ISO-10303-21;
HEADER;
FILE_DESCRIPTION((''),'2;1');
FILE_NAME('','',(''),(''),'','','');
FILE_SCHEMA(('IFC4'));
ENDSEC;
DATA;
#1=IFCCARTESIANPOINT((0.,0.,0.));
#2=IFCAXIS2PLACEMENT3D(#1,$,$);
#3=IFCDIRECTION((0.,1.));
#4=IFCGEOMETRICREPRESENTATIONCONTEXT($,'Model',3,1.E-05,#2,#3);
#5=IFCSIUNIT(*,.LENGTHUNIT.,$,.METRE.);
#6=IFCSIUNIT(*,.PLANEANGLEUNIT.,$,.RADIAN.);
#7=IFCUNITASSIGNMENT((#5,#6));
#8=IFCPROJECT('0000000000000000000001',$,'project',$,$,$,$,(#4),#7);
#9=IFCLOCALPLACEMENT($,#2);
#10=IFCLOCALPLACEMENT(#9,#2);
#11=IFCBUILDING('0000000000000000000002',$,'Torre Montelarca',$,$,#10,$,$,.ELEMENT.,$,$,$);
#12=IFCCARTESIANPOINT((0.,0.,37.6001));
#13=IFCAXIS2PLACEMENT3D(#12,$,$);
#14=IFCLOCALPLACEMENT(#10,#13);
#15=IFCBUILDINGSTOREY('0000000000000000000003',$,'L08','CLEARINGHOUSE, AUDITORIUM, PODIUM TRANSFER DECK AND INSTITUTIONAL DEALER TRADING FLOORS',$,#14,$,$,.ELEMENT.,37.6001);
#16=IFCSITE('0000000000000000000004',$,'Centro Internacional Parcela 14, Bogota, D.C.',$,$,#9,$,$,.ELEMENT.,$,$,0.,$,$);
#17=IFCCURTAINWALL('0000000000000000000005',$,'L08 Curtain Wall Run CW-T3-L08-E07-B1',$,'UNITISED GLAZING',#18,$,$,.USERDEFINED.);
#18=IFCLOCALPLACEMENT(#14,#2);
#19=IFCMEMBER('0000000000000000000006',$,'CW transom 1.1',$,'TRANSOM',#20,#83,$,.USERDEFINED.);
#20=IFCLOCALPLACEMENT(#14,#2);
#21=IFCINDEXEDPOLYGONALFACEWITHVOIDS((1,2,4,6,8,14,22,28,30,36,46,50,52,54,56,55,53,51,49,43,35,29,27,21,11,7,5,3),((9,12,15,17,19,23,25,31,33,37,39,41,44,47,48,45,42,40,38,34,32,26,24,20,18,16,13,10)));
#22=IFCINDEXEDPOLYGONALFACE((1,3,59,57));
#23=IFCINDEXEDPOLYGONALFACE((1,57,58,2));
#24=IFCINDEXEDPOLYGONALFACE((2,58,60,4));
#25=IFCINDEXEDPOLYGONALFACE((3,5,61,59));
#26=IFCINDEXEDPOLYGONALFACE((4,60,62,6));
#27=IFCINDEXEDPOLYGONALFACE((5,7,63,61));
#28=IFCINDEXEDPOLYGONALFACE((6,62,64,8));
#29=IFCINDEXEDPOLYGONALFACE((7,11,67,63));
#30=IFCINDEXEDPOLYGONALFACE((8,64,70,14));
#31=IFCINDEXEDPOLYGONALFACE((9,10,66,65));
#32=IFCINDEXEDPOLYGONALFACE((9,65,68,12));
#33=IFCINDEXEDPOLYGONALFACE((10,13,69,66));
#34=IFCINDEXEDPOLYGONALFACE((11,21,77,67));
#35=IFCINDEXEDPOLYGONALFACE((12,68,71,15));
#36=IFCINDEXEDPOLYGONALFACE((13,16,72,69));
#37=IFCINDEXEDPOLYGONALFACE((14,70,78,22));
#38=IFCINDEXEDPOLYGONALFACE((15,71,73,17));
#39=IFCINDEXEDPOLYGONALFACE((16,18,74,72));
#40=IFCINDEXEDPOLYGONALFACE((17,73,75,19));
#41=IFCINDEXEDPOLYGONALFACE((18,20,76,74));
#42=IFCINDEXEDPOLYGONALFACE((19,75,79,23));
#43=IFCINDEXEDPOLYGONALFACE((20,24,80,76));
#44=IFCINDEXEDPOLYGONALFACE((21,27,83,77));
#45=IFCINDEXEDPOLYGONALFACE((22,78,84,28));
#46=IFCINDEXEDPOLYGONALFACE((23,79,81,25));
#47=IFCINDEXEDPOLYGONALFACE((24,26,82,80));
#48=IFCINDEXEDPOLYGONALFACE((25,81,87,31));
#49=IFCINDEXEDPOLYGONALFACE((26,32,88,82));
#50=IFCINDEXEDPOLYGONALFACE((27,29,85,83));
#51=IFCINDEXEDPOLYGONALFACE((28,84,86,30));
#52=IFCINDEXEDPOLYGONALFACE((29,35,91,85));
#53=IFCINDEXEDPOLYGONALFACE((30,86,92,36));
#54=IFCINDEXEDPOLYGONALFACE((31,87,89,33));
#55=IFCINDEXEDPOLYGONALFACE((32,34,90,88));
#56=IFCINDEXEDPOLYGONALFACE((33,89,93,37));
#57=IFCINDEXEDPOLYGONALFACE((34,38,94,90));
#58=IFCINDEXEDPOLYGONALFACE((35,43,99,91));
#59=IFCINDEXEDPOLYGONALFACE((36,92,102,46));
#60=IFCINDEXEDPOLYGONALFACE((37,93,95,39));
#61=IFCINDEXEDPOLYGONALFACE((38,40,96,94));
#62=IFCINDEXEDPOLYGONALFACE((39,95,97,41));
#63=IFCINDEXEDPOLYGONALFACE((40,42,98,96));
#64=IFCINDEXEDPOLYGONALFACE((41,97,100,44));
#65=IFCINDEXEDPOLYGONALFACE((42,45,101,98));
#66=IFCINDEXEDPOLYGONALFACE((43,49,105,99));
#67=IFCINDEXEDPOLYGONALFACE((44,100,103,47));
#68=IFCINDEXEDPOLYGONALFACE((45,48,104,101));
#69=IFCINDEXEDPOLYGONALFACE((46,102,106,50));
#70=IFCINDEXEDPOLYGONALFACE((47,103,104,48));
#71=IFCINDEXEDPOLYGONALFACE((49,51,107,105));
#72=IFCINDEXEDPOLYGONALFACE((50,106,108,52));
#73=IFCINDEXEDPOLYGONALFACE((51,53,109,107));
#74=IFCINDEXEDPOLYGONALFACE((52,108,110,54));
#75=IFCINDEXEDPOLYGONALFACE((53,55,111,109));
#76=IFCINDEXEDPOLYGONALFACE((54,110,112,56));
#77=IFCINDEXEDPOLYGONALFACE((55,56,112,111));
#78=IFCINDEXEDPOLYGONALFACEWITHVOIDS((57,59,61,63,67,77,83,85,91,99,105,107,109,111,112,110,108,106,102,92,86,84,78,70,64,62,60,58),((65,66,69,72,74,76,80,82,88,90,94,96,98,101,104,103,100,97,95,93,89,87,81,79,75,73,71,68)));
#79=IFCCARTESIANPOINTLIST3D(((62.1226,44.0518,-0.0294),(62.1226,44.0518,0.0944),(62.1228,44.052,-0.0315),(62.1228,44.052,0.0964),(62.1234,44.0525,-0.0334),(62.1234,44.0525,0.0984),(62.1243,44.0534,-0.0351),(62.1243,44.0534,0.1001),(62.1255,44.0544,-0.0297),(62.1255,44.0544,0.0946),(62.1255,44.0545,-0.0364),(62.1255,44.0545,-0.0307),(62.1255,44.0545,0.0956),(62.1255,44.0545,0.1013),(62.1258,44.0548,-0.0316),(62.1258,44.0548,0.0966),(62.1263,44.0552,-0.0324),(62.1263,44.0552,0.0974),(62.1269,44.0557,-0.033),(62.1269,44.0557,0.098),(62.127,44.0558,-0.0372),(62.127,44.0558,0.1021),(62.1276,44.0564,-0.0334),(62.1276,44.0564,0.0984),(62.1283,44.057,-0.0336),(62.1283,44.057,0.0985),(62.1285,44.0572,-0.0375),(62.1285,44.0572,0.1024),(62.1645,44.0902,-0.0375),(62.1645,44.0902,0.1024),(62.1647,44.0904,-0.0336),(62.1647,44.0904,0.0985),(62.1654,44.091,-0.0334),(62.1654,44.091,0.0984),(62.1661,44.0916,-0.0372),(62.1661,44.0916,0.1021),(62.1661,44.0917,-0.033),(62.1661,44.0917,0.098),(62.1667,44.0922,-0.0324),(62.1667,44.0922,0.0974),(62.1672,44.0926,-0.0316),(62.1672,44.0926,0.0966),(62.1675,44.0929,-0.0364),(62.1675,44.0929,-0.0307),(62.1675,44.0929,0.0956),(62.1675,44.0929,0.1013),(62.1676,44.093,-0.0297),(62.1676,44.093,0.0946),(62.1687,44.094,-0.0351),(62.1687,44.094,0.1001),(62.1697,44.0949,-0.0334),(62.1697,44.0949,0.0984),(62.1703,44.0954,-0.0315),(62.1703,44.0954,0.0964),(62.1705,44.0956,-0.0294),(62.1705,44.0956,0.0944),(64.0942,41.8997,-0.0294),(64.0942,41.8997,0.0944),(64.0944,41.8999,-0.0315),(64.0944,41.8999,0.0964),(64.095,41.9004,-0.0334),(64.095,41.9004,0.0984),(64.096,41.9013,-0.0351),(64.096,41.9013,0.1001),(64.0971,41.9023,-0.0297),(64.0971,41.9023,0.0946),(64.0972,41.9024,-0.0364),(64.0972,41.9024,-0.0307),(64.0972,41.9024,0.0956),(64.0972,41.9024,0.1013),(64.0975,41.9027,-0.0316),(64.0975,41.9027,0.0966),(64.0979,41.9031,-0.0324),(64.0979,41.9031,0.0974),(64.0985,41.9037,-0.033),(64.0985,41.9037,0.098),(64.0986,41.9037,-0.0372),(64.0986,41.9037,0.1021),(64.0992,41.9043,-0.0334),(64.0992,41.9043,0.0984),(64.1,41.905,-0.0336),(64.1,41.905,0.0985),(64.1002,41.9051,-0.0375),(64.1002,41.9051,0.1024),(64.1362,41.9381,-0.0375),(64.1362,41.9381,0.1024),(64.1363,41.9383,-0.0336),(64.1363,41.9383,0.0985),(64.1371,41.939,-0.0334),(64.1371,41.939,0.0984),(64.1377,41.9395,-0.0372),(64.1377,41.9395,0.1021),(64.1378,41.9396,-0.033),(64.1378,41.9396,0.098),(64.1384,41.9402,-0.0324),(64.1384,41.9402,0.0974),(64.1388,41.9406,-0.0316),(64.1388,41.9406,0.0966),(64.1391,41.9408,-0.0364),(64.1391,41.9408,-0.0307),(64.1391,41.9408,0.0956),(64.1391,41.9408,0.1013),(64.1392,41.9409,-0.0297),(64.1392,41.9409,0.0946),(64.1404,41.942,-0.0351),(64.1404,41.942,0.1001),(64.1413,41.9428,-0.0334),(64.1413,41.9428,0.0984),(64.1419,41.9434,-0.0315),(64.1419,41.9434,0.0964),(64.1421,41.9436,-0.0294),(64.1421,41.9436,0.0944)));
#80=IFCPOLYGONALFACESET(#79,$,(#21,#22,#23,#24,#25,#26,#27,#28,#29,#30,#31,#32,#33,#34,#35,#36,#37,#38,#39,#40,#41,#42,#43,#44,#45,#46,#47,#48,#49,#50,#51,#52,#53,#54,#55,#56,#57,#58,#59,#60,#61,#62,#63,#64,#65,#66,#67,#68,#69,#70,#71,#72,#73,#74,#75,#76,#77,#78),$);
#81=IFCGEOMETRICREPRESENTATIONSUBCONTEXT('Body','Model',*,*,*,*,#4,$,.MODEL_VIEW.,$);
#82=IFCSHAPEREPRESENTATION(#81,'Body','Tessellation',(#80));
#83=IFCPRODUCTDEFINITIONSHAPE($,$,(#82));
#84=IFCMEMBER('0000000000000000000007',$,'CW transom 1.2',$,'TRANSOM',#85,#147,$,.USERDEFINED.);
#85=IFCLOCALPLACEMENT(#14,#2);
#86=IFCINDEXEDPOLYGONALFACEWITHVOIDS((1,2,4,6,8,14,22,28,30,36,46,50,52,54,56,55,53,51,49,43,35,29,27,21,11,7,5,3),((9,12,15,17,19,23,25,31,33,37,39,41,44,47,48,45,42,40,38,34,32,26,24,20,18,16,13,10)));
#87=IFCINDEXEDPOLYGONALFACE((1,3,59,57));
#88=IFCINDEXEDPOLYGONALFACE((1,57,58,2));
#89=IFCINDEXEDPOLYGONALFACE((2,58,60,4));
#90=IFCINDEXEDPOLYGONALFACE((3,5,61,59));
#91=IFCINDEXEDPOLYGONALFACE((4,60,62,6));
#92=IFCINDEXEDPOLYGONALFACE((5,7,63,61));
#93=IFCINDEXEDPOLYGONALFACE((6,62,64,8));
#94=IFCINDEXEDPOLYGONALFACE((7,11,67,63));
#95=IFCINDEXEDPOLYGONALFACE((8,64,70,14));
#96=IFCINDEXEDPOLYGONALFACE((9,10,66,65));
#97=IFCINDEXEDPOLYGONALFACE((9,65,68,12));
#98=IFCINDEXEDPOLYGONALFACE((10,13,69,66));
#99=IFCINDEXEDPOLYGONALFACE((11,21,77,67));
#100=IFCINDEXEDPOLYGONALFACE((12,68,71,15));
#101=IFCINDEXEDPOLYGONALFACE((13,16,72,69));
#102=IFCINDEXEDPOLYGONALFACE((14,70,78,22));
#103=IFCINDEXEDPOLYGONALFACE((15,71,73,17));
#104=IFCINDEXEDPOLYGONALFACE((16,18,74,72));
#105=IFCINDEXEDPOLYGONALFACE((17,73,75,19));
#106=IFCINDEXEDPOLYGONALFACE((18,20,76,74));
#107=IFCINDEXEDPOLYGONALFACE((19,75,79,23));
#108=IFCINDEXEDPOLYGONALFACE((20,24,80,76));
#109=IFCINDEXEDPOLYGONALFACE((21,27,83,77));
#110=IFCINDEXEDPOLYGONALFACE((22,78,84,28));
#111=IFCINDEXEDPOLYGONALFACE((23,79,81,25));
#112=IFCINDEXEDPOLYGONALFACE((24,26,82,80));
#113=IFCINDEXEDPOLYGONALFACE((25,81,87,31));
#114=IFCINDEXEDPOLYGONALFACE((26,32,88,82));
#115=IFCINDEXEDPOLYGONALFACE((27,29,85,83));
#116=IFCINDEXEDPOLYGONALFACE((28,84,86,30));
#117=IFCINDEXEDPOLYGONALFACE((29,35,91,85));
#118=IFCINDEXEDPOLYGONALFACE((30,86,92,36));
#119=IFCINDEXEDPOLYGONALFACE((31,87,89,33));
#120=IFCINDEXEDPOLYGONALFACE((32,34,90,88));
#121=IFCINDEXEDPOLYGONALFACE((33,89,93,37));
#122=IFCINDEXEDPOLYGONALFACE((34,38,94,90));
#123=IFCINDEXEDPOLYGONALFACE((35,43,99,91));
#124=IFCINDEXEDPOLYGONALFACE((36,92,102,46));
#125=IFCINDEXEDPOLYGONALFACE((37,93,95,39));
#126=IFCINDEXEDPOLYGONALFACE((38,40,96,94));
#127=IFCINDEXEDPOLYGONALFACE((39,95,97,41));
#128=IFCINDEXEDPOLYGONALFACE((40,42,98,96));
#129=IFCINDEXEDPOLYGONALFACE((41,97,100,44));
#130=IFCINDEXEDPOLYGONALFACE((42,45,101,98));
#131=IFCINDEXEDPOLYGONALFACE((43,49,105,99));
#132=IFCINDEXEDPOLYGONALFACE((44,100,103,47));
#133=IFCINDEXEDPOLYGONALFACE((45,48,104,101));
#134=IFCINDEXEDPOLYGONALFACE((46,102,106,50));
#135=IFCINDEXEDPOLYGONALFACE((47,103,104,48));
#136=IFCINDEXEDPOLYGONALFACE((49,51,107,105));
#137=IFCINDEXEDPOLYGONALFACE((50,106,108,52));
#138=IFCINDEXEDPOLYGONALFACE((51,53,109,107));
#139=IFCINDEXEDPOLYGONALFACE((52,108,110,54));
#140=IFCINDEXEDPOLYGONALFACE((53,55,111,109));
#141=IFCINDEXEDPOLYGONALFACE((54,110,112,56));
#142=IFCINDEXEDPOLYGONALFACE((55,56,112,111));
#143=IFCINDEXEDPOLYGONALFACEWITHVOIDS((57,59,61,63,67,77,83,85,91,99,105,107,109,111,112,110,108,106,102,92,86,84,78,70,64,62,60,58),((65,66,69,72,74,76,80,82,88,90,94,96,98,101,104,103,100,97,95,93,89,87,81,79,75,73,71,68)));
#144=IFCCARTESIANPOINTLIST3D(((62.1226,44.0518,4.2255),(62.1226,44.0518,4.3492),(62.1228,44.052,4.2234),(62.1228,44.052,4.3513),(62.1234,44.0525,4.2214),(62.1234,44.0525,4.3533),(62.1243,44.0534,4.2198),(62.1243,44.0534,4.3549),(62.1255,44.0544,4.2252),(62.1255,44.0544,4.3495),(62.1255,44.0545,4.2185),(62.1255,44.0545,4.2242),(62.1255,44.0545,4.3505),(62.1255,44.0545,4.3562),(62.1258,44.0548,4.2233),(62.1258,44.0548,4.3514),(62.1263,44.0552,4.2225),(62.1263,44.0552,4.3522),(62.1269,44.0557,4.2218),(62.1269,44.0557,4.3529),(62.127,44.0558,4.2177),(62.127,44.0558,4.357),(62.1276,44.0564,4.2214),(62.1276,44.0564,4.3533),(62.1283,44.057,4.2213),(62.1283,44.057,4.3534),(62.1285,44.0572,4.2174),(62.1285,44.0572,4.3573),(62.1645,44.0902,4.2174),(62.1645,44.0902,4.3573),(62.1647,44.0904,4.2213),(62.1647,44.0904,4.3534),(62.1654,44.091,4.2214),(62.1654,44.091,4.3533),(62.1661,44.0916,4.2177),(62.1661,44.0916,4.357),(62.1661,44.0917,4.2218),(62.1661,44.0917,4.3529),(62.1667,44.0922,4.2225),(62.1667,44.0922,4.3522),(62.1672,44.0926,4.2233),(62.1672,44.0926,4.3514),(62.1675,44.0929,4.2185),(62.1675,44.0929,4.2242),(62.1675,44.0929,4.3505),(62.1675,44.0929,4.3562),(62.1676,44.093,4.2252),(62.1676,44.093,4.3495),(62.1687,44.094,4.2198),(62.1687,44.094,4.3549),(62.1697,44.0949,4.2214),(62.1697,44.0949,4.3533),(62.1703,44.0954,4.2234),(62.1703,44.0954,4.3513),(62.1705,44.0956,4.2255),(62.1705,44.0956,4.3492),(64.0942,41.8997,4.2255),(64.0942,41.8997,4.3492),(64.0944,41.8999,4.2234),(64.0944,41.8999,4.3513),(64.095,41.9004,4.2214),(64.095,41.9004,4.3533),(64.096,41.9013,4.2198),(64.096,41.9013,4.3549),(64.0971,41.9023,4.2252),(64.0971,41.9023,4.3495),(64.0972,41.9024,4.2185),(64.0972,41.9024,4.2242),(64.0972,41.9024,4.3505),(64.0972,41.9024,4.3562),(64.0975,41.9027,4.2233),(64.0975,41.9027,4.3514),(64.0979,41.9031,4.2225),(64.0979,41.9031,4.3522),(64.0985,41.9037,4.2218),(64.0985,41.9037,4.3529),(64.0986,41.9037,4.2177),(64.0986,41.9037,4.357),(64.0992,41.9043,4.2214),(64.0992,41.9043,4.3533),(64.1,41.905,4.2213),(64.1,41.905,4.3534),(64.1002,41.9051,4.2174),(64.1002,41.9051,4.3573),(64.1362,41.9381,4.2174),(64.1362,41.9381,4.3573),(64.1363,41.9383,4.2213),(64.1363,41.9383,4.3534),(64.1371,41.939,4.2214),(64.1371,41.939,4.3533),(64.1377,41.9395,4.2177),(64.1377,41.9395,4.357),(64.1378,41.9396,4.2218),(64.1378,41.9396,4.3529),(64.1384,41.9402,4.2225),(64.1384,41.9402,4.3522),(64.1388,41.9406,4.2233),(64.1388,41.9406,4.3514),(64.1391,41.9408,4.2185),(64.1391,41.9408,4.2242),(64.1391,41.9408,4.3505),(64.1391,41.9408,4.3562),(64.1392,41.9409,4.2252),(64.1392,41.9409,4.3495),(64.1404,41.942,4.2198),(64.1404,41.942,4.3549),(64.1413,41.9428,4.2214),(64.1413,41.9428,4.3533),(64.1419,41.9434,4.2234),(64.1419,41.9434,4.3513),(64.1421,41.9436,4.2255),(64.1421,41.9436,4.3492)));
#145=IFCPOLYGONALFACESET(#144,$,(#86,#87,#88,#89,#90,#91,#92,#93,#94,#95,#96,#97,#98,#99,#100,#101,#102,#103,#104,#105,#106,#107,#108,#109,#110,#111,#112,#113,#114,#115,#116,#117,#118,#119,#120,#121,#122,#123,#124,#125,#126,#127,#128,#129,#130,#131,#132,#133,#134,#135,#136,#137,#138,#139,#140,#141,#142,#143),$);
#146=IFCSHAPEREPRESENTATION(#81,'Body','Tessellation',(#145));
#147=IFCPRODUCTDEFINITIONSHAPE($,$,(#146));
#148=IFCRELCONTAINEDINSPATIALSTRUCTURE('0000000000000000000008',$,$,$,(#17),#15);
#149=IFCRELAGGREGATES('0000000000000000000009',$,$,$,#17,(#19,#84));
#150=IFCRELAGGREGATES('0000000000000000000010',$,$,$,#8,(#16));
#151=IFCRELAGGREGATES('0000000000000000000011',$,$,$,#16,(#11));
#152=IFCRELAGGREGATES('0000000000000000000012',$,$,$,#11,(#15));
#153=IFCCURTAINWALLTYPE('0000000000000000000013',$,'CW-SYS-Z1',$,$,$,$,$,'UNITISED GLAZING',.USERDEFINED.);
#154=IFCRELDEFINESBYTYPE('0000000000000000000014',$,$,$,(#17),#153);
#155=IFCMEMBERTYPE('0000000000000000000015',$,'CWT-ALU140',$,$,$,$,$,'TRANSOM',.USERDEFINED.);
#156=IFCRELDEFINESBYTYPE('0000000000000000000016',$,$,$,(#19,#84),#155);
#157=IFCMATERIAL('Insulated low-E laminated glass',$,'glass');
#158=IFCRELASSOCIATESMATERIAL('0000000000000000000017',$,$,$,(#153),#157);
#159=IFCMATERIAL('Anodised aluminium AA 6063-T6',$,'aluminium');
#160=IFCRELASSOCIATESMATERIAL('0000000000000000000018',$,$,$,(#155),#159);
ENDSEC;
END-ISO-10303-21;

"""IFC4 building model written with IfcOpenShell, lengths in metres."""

from ifc_helpers import new_model, si_unit, direction, frame, origin, origin_2d, place, context, subcontext, project, spatial, hollow_rectangle, extrude, source, transform, mapped, material, material_profile, profile_set, type_object, element, aggregate, save


model = new_model("IFC4")

# Units and contexts
model_context = context("Model", 3, precision=1e-05, world=origin(), true_north=direction((0.0, 1.0)))
body_context = subcontext(model_context, "Body", "Model", "MODEL_VIEW")
ifc_project = project(units=[si_unit("LENGTHUNIT", "METRE"), si_unit("PLANEANGLEUNIT", "RADIAN")], contexts=[model_context])

# Site, building, storey
site_placement = place(None, origin())
site = spatial("IfcSite", under=ifc_project, at=site_placement, Name="Centro Internacional Parcela 14, Bogota, D.C.", CompositionType="ELEMENT", RefElevation=0.0)
building_placement = place(site_placement, origin())
building = spatial("IfcBuilding", under=site, at=building_placement, Name="Torre Montelarca", CompositionType="ELEMENT")
storey_placement = place(building_placement, frame((0.0, 0.0, 37.6001)))
storey = spatial("IfcBuildingStorey", under=building, at=storey_placement, Name="L08", Description="CLEARINGHOUSE, AUDITORIUM, PODIUM TRANSFER DECK AND INSTITUTIONAL DEALER TRADING FLOORS", CompositionType="ELEMENT", Elevation=37.6001)

# Curtain wall, members
ifc_material_1 = material(Name="Insulated low-E laminated glass", Category="glass")
curtain_wall_type = type_object("IfcCurtainWallType", Name="CW-SYS-Z1", ElementType="UNITISED GLAZING", PredefinedType="USERDEFINED", material=ifc_material_1)
curtain_wall_1_placement = place(storey_placement, origin())
curtain_wall_1 = element("IfcCurtainWall", 1, at=curtain_wall_1_placement, inside=storey, type_object=curtain_wall_type, Name="L08 Curtain Wall Run CW-T3-L08-E07-B1", ObjectType="UNITISED GLAZING", PredefinedType="USERDEFINED")
ifc_material_2 = material(Name="Anodised aluminium AA 6063-T6", Category="aluminium")
ifc_material_profile_1 = material_profile(ifc_material_2, hollow_rectangle(XDim=0.0649, YDim=0.1399, WallThickness=0.0039, InnerFilletRadius=0.0039, OuterFilletRadius=0.0081, at=origin_2d()), Name="ALU65X140X4", Category="aluminium")
ifc_profile_set_1 = profile_set([ifc_material_profile_1], Name="Anodised aluminium AA 6063-T6")
member_type_1 = type_object("IfcMemberType", Name="CWT-ALU140", ElementType="TRANSOM", PredefinedType="USERDEFINED", material=ifc_profile_set_1)
shared_shape_1 = source(origin(), body_context, "Body", "SweptSolid", [
    extrude(hollow_rectangle(XDim=0.0649, YDim=0.1399, WallThickness=0.0039, InnerFilletRadius=0.0039, OuterFilletRadius=0.0081, at=origin_2d()), origin(), (0.0, 0.0, 1.0), 2.9187),
])
member_1_placement = place(storey_placement, frame((64.1182, 41.9216, 0.0325), z_axis=(-0.675524, 0.737338, 0.0), x_axis=(-0.737338, -0.675524, 0.0)))
member_1 = element("IfcMember", 2, at=member_1_placement, type_object=member_type_1, Name="CW transom 1.1", ObjectType="TRANSOM", PredefinedType="USERDEFINED", context=body_context, shape_type="MappedRepresentation", body=[
    mapped(shared_shape_1, transform((0.0, 0.0, 0.0), scale=1.0)),
])
member_2_placement = place(storey_placement, frame((64.1182, 41.9216, 4.2874), z_axis=(-0.675524, 0.737338, 0.0), x_axis=(-0.737338, -0.675524, 0.0)))
member_2 = element("IfcMember", 3, at=member_2_placement, type_object=member_type_1, Name="CW transom 1.2", ObjectType="TRANSOM", PredefinedType="USERDEFINED", context=body_context, shape_type="MappedRepresentation", body=[
    mapped(shared_shape_1, transform((0.0, 0.0, 0.0), scale=1.0)),
])

aggregate(curtain_wall_1, [member_1, member_2])

save(model, "model.ifc")
